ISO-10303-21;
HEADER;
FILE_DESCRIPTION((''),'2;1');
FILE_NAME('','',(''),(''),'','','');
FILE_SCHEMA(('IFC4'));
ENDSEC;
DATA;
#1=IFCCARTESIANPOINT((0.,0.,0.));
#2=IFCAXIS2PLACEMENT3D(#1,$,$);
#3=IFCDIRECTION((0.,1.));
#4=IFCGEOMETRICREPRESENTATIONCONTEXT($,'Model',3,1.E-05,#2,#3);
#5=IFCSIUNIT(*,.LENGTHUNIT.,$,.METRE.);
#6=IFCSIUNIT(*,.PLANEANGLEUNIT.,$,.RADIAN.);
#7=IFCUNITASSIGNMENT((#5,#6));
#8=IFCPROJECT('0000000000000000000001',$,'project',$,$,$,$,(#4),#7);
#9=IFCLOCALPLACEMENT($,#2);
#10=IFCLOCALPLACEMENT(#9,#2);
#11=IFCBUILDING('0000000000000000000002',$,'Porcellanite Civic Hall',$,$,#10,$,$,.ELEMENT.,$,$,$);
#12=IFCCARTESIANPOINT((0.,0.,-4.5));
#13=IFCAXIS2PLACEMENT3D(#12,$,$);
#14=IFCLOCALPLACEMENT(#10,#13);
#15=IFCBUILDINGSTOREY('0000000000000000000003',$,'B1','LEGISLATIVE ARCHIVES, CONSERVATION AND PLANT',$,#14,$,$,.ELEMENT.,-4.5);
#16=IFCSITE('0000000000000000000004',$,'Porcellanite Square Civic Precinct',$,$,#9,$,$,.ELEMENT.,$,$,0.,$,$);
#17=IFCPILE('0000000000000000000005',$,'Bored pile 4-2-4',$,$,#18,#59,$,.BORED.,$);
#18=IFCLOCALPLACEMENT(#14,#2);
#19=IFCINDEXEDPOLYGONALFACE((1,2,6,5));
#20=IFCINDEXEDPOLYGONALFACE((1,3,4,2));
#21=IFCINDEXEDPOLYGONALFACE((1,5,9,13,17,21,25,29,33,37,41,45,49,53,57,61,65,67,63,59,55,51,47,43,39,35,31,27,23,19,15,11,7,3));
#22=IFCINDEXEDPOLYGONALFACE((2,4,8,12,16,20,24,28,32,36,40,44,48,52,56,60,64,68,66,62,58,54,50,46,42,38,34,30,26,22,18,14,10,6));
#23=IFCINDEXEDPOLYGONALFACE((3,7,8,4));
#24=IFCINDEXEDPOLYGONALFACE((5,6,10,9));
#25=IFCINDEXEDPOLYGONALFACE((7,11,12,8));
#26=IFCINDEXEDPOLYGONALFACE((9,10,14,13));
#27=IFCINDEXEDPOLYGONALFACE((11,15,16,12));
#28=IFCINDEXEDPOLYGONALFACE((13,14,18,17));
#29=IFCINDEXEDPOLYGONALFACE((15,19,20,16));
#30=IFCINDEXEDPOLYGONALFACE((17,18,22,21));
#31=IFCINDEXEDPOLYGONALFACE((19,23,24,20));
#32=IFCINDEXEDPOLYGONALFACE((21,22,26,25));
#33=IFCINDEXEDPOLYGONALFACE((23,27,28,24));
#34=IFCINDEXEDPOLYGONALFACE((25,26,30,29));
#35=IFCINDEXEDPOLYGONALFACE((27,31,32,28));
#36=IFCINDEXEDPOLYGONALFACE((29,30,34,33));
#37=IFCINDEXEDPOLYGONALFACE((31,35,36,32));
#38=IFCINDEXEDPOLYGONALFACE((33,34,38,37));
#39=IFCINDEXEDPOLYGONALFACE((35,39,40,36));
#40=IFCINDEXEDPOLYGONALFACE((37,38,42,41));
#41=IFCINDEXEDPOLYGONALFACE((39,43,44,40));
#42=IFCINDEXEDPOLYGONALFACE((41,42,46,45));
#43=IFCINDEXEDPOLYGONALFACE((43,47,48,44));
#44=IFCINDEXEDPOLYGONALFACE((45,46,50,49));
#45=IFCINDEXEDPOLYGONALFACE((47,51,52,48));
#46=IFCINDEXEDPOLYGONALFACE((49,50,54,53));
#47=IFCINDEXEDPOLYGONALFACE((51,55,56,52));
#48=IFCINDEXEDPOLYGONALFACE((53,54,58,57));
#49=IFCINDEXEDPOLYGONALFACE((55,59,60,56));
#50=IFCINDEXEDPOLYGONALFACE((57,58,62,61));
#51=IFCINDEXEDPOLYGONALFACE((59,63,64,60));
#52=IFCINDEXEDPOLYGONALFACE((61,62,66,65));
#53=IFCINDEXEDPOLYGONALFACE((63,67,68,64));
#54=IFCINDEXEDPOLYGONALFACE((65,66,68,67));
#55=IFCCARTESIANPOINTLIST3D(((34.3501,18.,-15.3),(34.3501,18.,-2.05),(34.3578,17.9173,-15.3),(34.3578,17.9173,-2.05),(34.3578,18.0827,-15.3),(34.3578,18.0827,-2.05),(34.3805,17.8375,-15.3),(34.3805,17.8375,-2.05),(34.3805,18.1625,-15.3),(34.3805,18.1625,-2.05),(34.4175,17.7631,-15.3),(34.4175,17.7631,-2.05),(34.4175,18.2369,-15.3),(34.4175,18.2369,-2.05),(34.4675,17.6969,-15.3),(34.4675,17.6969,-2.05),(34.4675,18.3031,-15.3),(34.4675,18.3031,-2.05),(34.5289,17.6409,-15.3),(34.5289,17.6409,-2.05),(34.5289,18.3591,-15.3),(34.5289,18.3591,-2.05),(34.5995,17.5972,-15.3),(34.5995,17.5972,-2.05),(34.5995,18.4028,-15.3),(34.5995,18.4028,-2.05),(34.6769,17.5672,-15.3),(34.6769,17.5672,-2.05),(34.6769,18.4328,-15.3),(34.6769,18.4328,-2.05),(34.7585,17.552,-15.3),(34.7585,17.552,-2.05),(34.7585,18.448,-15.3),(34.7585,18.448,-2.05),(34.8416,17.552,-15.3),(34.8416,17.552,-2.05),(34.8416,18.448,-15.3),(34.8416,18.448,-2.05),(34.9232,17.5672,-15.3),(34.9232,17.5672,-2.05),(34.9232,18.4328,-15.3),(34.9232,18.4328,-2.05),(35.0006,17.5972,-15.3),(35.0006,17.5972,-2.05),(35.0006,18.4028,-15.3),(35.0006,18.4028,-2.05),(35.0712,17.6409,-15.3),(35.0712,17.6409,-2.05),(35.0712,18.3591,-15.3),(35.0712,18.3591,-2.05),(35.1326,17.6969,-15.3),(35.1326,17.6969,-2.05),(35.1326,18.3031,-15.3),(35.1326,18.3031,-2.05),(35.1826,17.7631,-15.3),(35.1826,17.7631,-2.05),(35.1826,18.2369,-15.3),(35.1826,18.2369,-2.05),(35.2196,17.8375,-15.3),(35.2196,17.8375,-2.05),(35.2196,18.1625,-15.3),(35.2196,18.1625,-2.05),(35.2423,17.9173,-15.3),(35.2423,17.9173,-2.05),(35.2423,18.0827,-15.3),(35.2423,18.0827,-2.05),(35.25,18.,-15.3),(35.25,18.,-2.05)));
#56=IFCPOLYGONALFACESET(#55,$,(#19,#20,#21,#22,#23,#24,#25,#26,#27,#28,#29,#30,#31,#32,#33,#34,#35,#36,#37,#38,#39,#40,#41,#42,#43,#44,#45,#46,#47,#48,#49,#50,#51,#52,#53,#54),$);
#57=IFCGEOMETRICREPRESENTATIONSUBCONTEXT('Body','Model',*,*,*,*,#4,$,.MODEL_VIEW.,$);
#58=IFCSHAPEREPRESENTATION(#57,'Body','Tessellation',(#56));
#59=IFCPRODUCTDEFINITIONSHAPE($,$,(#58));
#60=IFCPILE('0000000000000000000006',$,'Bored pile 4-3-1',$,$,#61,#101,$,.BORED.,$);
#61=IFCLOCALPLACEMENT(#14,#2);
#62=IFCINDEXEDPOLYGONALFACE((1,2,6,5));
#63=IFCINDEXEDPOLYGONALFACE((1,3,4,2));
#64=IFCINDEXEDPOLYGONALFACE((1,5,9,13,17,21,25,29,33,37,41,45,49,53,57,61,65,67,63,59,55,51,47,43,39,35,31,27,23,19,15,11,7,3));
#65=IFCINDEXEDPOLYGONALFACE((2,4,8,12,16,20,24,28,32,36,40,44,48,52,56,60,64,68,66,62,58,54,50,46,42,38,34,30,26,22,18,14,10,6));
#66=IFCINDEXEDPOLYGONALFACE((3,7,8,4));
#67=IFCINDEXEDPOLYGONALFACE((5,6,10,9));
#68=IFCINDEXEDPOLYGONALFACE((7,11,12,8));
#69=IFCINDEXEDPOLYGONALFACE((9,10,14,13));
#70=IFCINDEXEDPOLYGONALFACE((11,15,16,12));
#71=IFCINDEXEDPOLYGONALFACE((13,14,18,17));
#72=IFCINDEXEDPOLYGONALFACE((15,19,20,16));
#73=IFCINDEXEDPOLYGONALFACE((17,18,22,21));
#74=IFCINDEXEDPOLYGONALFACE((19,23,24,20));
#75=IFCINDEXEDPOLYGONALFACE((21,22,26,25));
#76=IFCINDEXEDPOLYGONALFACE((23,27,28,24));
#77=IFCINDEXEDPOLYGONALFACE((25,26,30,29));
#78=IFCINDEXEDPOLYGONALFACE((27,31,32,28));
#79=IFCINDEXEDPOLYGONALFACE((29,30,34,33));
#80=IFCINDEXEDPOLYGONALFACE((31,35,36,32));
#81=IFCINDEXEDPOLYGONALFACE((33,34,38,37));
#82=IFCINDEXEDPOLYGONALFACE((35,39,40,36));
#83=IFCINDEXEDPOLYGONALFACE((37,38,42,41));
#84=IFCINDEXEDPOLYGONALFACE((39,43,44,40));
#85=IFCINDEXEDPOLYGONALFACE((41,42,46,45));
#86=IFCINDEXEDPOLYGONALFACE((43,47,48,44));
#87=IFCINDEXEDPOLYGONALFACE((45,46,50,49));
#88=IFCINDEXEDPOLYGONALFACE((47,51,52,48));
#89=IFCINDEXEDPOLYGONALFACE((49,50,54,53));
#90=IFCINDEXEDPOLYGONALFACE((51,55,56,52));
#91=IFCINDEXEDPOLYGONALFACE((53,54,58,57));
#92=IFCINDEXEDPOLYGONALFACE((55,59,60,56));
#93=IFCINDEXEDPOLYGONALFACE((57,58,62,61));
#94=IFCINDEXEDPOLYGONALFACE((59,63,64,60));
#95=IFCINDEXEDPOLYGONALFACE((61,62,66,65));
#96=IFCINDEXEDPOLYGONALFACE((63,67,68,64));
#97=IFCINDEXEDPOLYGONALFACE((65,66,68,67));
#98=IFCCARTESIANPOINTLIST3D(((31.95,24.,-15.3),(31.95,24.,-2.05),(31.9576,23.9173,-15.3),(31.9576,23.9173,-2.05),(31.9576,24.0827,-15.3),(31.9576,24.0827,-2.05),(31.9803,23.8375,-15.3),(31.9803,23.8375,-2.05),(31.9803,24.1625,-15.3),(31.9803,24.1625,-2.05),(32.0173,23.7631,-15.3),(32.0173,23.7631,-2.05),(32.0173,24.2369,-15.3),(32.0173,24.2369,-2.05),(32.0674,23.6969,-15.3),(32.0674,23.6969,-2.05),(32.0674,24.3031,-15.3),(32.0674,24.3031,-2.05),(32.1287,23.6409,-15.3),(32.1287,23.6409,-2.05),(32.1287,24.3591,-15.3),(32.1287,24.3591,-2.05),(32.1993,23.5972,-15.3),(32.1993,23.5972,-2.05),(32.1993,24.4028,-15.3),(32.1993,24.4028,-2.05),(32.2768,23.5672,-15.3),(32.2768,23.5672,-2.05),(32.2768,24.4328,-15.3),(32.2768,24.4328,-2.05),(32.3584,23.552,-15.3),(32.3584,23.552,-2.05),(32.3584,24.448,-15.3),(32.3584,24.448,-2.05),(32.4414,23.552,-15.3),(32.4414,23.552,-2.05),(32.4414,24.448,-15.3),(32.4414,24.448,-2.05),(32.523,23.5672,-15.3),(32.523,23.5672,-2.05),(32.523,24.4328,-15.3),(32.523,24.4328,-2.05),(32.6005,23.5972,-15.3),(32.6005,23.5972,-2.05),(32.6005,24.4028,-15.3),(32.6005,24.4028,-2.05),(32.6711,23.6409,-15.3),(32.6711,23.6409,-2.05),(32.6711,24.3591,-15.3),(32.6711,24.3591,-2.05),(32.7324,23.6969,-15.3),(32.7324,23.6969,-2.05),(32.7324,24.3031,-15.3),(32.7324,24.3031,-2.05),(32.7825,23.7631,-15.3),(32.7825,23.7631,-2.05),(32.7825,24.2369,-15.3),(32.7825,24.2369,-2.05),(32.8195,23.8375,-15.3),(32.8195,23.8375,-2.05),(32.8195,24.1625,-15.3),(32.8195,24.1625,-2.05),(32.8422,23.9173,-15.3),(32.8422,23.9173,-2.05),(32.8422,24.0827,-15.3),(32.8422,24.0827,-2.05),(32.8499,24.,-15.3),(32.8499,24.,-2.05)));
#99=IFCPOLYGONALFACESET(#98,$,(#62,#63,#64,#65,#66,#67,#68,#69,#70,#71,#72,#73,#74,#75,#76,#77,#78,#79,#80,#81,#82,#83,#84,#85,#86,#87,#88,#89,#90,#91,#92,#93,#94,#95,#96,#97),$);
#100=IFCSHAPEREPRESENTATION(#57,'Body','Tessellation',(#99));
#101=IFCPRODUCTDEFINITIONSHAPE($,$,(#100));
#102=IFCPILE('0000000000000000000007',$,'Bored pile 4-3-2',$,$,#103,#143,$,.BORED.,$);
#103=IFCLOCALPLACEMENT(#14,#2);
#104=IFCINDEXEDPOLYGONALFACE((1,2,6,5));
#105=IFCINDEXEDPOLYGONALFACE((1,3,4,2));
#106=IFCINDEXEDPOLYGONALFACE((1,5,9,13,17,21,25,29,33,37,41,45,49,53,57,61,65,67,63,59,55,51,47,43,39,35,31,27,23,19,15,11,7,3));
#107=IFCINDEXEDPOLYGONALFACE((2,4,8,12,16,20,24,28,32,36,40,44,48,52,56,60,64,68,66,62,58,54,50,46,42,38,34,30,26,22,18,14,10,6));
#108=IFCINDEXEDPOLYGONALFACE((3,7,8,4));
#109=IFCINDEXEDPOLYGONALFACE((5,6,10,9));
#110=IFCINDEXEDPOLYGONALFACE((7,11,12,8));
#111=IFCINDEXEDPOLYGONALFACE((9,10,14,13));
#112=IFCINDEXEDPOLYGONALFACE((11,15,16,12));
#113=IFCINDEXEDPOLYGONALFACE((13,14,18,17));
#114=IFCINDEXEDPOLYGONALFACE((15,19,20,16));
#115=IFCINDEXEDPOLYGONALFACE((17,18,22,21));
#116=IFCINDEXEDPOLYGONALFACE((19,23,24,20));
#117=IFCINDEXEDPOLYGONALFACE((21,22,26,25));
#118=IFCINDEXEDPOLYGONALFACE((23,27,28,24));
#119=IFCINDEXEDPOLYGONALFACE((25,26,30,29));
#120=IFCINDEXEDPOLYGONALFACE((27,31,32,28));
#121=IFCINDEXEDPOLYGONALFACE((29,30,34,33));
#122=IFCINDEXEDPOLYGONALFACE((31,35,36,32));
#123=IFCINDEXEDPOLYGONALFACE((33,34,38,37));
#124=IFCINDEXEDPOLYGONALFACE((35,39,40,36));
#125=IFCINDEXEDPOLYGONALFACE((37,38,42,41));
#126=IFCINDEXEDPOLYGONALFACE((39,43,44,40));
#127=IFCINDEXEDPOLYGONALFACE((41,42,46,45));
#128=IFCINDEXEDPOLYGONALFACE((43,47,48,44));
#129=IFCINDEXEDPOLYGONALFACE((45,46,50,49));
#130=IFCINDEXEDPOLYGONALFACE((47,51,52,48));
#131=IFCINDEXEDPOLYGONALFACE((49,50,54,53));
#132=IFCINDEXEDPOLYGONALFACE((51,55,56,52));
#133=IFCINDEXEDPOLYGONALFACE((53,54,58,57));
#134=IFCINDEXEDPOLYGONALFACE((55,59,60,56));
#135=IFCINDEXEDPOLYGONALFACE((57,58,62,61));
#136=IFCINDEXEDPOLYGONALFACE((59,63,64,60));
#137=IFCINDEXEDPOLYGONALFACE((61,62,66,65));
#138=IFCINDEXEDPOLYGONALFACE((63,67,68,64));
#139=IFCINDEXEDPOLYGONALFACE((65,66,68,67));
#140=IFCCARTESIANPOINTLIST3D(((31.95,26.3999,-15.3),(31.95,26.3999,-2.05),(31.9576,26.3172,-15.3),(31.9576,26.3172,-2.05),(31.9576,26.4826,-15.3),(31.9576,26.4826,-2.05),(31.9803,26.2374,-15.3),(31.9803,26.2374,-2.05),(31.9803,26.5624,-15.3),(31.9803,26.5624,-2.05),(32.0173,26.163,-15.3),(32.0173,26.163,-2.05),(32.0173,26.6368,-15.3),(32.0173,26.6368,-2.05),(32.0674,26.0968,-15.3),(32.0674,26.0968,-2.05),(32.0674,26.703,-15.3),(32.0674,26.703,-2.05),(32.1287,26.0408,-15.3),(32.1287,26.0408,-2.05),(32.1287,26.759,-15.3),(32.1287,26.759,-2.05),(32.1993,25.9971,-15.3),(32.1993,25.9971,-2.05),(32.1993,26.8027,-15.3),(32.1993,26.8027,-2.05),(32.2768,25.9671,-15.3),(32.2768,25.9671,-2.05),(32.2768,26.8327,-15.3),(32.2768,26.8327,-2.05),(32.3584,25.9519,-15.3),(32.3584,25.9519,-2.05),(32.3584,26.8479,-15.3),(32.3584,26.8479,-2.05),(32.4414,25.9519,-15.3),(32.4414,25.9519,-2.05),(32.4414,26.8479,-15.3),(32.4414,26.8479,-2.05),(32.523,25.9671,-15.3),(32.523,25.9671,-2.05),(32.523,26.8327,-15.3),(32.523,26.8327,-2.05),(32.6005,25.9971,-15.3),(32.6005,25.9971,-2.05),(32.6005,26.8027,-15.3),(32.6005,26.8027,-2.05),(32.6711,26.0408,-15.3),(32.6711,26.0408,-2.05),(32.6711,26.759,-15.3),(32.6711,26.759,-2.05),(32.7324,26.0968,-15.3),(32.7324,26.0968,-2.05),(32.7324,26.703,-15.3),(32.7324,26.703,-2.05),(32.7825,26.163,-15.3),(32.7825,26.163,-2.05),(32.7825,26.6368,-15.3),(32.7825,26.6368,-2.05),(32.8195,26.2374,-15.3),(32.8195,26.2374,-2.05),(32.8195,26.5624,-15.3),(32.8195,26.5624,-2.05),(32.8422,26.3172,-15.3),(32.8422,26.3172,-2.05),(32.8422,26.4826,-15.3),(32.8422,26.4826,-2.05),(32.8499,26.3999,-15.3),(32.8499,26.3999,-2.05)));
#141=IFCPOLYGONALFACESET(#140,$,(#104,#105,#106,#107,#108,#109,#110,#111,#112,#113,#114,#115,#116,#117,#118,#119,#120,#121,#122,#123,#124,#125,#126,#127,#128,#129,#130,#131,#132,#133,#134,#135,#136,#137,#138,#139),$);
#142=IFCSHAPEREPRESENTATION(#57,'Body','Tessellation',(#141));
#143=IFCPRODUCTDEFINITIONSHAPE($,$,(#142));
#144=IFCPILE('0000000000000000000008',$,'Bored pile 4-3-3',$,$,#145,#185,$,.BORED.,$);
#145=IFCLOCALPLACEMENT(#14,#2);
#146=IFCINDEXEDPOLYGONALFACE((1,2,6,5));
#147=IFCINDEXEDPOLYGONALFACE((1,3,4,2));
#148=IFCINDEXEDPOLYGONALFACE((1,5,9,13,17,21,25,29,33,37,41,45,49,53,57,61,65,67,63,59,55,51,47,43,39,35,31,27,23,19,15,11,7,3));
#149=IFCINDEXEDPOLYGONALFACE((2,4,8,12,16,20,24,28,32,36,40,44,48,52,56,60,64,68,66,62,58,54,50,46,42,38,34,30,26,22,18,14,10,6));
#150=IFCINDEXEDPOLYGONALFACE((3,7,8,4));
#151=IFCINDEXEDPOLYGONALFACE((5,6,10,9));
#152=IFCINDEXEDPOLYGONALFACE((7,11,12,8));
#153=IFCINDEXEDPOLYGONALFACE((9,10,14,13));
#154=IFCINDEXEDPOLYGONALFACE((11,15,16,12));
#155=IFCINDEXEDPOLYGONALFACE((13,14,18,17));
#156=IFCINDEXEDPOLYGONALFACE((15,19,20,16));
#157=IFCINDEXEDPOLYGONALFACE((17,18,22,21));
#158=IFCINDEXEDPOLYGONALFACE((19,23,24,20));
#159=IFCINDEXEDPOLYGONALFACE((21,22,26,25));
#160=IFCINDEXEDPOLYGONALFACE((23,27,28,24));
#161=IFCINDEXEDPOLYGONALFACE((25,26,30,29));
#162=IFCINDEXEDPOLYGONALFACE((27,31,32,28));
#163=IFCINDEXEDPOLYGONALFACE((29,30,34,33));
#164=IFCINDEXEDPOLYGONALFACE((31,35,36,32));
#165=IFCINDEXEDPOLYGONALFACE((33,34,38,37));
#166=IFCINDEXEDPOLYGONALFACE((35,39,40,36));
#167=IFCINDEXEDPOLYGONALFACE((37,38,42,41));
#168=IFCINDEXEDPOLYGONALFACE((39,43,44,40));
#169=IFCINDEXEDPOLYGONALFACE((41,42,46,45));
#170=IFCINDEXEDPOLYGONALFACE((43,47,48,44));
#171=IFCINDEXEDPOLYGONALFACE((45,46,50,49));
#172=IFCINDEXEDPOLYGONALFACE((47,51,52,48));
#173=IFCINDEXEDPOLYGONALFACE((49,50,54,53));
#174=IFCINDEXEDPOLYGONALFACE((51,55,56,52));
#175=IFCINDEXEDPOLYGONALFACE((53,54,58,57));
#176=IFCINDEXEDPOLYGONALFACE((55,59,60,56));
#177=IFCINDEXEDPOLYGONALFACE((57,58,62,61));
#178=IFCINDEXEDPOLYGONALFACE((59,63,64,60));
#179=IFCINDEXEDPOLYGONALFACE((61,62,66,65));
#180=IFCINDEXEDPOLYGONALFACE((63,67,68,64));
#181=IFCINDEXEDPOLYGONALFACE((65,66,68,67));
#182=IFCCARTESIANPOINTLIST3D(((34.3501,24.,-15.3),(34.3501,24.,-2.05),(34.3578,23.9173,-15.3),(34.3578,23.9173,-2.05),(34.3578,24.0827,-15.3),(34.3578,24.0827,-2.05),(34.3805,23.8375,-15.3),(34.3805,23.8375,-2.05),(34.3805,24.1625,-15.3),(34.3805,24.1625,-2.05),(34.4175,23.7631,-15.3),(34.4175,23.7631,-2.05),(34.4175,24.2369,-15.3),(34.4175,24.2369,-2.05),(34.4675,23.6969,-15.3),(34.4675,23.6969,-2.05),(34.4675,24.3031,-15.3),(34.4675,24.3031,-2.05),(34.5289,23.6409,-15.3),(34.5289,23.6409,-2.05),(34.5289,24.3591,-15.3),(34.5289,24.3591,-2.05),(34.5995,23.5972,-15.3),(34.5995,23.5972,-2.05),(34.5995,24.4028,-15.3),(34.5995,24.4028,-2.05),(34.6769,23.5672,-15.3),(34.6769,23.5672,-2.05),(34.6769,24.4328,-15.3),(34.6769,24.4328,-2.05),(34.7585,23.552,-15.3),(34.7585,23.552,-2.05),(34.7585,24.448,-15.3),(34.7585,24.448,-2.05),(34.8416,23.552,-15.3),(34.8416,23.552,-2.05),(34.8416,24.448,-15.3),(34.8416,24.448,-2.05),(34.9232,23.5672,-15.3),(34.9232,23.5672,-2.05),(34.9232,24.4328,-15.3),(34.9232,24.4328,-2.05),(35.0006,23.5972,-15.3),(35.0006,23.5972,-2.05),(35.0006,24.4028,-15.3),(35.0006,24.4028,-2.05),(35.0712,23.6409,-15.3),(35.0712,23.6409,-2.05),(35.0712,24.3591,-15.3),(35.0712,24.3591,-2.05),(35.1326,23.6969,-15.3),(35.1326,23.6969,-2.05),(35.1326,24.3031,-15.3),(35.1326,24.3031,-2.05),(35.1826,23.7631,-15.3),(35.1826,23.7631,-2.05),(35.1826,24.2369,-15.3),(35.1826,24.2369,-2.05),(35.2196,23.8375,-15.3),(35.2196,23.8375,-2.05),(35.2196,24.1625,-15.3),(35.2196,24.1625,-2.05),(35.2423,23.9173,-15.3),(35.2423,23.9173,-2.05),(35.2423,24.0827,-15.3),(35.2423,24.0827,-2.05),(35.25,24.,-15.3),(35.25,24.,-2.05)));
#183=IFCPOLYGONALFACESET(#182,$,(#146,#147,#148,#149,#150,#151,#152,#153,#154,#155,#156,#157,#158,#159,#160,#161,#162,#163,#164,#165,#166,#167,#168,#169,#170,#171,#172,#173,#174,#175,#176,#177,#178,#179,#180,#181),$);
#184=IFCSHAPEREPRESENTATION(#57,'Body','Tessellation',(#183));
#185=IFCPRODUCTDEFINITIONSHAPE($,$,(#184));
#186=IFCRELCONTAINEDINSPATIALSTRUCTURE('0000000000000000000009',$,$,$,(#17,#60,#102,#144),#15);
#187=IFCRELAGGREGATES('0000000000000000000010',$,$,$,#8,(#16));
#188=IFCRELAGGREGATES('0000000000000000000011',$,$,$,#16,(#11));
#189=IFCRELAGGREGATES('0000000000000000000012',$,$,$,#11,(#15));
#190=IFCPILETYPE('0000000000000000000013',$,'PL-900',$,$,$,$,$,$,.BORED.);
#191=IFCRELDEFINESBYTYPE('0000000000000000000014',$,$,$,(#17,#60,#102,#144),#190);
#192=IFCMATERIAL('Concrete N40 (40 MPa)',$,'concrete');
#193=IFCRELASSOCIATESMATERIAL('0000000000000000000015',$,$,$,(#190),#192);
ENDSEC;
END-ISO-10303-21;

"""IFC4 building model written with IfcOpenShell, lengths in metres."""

from ifc_helpers import new_model, si_unit, direction, frame, origin, origin_2d, place, context, subcontext, project, spatial, circle, extrude, material, material_profile, profile_set, type_object, element, save


model = new_model("IFC4")

# Units and contexts
model_context = context("Model", 3, precision=1e-05, world=origin(), true_north=direction((0.0, 1.0)))
body_context = subcontext(model_context, "Body", "Model", "MODEL_VIEW")
ifc_project = project(units=[si_unit("LENGTHUNIT", "METRE"), si_unit("PLANEANGLEUNIT", "RADIAN")], contexts=[model_context])

# Site, building, storey
site_placement = place(None, origin())
site = spatial("IfcSite", under=ifc_project, at=site_placement, Name="Porcellanite Square Civic Precinct", CompositionType="ELEMENT", RefElevation=0.0)
building_placement = place(site_placement, origin())
building = spatial("IfcBuilding", under=site, at=building_placement, Name="Porcellanite Civic Hall", CompositionType="ELEMENT")
storey_placement = place(building_placement, frame((0.0, 0.0, -4.5)))
storey = spatial("IfcBuildingStorey", under=building, at=storey_placement, Name="B1", Description="LEGISLATIVE ARCHIVES, CONSERVATION AND PLANT", CompositionType="ELEMENT", Elevation=-4.5)

# Piles
ifc_material_1 = material(Name="Concrete N40 (40 MPa)", Category="concrete")
ifc_material_profile_1 = material_profile(ifc_material_1, circle(Radius=0.45, at=origin_2d()), Name="PILE-D900")
ifc_profile_set_1 = profile_set([ifc_material_profile_1], Name="Concrete N40 (40 MPa)")
pile_type = type_object("IfcPileType", Name="PL-900", PredefinedType="BORED", material=ifc_profile_set_1)
for number, where, z_axis, x_axis, name in (
    (1, (34.8, 18.0, -2.05), (0.0, 0.0, -1.0), (1.0, 0.0, 0.0), "Bored pile 4-2-4"),
    (2, (32.3999, 24.0, -2.05), (0.0, 0.0, -1.0), (1.0, 0.0, 0.0), "Bored pile 4-3-1"),
    (3, (32.3999, 26.3999, -2.05), (0.0, 0.0, -1.0), (1.0, 0.0, 0.0), "Bored pile 4-3-2"),
    (4, (34.8, 24.0, -2.05), (0.0, 0.0, -1.0), (1.0, 0.0, 0.0), "Bored pile 4-3-3"),
):
    element("IfcPile", number, at=place(storey_placement, frame(where, z_axis=z_axis, x_axis=x_axis)), inside=storey, type_object=pile_type, Name=name, PredefinedType="BORED", context=body_context, shape_type="SweptSolid", body=[
        extrude(circle(Radius=0.45, at=origin_2d()), origin(), (0.0, 0.0, 1.0), 13.25),
    ])

save(model, "model.ifc")
